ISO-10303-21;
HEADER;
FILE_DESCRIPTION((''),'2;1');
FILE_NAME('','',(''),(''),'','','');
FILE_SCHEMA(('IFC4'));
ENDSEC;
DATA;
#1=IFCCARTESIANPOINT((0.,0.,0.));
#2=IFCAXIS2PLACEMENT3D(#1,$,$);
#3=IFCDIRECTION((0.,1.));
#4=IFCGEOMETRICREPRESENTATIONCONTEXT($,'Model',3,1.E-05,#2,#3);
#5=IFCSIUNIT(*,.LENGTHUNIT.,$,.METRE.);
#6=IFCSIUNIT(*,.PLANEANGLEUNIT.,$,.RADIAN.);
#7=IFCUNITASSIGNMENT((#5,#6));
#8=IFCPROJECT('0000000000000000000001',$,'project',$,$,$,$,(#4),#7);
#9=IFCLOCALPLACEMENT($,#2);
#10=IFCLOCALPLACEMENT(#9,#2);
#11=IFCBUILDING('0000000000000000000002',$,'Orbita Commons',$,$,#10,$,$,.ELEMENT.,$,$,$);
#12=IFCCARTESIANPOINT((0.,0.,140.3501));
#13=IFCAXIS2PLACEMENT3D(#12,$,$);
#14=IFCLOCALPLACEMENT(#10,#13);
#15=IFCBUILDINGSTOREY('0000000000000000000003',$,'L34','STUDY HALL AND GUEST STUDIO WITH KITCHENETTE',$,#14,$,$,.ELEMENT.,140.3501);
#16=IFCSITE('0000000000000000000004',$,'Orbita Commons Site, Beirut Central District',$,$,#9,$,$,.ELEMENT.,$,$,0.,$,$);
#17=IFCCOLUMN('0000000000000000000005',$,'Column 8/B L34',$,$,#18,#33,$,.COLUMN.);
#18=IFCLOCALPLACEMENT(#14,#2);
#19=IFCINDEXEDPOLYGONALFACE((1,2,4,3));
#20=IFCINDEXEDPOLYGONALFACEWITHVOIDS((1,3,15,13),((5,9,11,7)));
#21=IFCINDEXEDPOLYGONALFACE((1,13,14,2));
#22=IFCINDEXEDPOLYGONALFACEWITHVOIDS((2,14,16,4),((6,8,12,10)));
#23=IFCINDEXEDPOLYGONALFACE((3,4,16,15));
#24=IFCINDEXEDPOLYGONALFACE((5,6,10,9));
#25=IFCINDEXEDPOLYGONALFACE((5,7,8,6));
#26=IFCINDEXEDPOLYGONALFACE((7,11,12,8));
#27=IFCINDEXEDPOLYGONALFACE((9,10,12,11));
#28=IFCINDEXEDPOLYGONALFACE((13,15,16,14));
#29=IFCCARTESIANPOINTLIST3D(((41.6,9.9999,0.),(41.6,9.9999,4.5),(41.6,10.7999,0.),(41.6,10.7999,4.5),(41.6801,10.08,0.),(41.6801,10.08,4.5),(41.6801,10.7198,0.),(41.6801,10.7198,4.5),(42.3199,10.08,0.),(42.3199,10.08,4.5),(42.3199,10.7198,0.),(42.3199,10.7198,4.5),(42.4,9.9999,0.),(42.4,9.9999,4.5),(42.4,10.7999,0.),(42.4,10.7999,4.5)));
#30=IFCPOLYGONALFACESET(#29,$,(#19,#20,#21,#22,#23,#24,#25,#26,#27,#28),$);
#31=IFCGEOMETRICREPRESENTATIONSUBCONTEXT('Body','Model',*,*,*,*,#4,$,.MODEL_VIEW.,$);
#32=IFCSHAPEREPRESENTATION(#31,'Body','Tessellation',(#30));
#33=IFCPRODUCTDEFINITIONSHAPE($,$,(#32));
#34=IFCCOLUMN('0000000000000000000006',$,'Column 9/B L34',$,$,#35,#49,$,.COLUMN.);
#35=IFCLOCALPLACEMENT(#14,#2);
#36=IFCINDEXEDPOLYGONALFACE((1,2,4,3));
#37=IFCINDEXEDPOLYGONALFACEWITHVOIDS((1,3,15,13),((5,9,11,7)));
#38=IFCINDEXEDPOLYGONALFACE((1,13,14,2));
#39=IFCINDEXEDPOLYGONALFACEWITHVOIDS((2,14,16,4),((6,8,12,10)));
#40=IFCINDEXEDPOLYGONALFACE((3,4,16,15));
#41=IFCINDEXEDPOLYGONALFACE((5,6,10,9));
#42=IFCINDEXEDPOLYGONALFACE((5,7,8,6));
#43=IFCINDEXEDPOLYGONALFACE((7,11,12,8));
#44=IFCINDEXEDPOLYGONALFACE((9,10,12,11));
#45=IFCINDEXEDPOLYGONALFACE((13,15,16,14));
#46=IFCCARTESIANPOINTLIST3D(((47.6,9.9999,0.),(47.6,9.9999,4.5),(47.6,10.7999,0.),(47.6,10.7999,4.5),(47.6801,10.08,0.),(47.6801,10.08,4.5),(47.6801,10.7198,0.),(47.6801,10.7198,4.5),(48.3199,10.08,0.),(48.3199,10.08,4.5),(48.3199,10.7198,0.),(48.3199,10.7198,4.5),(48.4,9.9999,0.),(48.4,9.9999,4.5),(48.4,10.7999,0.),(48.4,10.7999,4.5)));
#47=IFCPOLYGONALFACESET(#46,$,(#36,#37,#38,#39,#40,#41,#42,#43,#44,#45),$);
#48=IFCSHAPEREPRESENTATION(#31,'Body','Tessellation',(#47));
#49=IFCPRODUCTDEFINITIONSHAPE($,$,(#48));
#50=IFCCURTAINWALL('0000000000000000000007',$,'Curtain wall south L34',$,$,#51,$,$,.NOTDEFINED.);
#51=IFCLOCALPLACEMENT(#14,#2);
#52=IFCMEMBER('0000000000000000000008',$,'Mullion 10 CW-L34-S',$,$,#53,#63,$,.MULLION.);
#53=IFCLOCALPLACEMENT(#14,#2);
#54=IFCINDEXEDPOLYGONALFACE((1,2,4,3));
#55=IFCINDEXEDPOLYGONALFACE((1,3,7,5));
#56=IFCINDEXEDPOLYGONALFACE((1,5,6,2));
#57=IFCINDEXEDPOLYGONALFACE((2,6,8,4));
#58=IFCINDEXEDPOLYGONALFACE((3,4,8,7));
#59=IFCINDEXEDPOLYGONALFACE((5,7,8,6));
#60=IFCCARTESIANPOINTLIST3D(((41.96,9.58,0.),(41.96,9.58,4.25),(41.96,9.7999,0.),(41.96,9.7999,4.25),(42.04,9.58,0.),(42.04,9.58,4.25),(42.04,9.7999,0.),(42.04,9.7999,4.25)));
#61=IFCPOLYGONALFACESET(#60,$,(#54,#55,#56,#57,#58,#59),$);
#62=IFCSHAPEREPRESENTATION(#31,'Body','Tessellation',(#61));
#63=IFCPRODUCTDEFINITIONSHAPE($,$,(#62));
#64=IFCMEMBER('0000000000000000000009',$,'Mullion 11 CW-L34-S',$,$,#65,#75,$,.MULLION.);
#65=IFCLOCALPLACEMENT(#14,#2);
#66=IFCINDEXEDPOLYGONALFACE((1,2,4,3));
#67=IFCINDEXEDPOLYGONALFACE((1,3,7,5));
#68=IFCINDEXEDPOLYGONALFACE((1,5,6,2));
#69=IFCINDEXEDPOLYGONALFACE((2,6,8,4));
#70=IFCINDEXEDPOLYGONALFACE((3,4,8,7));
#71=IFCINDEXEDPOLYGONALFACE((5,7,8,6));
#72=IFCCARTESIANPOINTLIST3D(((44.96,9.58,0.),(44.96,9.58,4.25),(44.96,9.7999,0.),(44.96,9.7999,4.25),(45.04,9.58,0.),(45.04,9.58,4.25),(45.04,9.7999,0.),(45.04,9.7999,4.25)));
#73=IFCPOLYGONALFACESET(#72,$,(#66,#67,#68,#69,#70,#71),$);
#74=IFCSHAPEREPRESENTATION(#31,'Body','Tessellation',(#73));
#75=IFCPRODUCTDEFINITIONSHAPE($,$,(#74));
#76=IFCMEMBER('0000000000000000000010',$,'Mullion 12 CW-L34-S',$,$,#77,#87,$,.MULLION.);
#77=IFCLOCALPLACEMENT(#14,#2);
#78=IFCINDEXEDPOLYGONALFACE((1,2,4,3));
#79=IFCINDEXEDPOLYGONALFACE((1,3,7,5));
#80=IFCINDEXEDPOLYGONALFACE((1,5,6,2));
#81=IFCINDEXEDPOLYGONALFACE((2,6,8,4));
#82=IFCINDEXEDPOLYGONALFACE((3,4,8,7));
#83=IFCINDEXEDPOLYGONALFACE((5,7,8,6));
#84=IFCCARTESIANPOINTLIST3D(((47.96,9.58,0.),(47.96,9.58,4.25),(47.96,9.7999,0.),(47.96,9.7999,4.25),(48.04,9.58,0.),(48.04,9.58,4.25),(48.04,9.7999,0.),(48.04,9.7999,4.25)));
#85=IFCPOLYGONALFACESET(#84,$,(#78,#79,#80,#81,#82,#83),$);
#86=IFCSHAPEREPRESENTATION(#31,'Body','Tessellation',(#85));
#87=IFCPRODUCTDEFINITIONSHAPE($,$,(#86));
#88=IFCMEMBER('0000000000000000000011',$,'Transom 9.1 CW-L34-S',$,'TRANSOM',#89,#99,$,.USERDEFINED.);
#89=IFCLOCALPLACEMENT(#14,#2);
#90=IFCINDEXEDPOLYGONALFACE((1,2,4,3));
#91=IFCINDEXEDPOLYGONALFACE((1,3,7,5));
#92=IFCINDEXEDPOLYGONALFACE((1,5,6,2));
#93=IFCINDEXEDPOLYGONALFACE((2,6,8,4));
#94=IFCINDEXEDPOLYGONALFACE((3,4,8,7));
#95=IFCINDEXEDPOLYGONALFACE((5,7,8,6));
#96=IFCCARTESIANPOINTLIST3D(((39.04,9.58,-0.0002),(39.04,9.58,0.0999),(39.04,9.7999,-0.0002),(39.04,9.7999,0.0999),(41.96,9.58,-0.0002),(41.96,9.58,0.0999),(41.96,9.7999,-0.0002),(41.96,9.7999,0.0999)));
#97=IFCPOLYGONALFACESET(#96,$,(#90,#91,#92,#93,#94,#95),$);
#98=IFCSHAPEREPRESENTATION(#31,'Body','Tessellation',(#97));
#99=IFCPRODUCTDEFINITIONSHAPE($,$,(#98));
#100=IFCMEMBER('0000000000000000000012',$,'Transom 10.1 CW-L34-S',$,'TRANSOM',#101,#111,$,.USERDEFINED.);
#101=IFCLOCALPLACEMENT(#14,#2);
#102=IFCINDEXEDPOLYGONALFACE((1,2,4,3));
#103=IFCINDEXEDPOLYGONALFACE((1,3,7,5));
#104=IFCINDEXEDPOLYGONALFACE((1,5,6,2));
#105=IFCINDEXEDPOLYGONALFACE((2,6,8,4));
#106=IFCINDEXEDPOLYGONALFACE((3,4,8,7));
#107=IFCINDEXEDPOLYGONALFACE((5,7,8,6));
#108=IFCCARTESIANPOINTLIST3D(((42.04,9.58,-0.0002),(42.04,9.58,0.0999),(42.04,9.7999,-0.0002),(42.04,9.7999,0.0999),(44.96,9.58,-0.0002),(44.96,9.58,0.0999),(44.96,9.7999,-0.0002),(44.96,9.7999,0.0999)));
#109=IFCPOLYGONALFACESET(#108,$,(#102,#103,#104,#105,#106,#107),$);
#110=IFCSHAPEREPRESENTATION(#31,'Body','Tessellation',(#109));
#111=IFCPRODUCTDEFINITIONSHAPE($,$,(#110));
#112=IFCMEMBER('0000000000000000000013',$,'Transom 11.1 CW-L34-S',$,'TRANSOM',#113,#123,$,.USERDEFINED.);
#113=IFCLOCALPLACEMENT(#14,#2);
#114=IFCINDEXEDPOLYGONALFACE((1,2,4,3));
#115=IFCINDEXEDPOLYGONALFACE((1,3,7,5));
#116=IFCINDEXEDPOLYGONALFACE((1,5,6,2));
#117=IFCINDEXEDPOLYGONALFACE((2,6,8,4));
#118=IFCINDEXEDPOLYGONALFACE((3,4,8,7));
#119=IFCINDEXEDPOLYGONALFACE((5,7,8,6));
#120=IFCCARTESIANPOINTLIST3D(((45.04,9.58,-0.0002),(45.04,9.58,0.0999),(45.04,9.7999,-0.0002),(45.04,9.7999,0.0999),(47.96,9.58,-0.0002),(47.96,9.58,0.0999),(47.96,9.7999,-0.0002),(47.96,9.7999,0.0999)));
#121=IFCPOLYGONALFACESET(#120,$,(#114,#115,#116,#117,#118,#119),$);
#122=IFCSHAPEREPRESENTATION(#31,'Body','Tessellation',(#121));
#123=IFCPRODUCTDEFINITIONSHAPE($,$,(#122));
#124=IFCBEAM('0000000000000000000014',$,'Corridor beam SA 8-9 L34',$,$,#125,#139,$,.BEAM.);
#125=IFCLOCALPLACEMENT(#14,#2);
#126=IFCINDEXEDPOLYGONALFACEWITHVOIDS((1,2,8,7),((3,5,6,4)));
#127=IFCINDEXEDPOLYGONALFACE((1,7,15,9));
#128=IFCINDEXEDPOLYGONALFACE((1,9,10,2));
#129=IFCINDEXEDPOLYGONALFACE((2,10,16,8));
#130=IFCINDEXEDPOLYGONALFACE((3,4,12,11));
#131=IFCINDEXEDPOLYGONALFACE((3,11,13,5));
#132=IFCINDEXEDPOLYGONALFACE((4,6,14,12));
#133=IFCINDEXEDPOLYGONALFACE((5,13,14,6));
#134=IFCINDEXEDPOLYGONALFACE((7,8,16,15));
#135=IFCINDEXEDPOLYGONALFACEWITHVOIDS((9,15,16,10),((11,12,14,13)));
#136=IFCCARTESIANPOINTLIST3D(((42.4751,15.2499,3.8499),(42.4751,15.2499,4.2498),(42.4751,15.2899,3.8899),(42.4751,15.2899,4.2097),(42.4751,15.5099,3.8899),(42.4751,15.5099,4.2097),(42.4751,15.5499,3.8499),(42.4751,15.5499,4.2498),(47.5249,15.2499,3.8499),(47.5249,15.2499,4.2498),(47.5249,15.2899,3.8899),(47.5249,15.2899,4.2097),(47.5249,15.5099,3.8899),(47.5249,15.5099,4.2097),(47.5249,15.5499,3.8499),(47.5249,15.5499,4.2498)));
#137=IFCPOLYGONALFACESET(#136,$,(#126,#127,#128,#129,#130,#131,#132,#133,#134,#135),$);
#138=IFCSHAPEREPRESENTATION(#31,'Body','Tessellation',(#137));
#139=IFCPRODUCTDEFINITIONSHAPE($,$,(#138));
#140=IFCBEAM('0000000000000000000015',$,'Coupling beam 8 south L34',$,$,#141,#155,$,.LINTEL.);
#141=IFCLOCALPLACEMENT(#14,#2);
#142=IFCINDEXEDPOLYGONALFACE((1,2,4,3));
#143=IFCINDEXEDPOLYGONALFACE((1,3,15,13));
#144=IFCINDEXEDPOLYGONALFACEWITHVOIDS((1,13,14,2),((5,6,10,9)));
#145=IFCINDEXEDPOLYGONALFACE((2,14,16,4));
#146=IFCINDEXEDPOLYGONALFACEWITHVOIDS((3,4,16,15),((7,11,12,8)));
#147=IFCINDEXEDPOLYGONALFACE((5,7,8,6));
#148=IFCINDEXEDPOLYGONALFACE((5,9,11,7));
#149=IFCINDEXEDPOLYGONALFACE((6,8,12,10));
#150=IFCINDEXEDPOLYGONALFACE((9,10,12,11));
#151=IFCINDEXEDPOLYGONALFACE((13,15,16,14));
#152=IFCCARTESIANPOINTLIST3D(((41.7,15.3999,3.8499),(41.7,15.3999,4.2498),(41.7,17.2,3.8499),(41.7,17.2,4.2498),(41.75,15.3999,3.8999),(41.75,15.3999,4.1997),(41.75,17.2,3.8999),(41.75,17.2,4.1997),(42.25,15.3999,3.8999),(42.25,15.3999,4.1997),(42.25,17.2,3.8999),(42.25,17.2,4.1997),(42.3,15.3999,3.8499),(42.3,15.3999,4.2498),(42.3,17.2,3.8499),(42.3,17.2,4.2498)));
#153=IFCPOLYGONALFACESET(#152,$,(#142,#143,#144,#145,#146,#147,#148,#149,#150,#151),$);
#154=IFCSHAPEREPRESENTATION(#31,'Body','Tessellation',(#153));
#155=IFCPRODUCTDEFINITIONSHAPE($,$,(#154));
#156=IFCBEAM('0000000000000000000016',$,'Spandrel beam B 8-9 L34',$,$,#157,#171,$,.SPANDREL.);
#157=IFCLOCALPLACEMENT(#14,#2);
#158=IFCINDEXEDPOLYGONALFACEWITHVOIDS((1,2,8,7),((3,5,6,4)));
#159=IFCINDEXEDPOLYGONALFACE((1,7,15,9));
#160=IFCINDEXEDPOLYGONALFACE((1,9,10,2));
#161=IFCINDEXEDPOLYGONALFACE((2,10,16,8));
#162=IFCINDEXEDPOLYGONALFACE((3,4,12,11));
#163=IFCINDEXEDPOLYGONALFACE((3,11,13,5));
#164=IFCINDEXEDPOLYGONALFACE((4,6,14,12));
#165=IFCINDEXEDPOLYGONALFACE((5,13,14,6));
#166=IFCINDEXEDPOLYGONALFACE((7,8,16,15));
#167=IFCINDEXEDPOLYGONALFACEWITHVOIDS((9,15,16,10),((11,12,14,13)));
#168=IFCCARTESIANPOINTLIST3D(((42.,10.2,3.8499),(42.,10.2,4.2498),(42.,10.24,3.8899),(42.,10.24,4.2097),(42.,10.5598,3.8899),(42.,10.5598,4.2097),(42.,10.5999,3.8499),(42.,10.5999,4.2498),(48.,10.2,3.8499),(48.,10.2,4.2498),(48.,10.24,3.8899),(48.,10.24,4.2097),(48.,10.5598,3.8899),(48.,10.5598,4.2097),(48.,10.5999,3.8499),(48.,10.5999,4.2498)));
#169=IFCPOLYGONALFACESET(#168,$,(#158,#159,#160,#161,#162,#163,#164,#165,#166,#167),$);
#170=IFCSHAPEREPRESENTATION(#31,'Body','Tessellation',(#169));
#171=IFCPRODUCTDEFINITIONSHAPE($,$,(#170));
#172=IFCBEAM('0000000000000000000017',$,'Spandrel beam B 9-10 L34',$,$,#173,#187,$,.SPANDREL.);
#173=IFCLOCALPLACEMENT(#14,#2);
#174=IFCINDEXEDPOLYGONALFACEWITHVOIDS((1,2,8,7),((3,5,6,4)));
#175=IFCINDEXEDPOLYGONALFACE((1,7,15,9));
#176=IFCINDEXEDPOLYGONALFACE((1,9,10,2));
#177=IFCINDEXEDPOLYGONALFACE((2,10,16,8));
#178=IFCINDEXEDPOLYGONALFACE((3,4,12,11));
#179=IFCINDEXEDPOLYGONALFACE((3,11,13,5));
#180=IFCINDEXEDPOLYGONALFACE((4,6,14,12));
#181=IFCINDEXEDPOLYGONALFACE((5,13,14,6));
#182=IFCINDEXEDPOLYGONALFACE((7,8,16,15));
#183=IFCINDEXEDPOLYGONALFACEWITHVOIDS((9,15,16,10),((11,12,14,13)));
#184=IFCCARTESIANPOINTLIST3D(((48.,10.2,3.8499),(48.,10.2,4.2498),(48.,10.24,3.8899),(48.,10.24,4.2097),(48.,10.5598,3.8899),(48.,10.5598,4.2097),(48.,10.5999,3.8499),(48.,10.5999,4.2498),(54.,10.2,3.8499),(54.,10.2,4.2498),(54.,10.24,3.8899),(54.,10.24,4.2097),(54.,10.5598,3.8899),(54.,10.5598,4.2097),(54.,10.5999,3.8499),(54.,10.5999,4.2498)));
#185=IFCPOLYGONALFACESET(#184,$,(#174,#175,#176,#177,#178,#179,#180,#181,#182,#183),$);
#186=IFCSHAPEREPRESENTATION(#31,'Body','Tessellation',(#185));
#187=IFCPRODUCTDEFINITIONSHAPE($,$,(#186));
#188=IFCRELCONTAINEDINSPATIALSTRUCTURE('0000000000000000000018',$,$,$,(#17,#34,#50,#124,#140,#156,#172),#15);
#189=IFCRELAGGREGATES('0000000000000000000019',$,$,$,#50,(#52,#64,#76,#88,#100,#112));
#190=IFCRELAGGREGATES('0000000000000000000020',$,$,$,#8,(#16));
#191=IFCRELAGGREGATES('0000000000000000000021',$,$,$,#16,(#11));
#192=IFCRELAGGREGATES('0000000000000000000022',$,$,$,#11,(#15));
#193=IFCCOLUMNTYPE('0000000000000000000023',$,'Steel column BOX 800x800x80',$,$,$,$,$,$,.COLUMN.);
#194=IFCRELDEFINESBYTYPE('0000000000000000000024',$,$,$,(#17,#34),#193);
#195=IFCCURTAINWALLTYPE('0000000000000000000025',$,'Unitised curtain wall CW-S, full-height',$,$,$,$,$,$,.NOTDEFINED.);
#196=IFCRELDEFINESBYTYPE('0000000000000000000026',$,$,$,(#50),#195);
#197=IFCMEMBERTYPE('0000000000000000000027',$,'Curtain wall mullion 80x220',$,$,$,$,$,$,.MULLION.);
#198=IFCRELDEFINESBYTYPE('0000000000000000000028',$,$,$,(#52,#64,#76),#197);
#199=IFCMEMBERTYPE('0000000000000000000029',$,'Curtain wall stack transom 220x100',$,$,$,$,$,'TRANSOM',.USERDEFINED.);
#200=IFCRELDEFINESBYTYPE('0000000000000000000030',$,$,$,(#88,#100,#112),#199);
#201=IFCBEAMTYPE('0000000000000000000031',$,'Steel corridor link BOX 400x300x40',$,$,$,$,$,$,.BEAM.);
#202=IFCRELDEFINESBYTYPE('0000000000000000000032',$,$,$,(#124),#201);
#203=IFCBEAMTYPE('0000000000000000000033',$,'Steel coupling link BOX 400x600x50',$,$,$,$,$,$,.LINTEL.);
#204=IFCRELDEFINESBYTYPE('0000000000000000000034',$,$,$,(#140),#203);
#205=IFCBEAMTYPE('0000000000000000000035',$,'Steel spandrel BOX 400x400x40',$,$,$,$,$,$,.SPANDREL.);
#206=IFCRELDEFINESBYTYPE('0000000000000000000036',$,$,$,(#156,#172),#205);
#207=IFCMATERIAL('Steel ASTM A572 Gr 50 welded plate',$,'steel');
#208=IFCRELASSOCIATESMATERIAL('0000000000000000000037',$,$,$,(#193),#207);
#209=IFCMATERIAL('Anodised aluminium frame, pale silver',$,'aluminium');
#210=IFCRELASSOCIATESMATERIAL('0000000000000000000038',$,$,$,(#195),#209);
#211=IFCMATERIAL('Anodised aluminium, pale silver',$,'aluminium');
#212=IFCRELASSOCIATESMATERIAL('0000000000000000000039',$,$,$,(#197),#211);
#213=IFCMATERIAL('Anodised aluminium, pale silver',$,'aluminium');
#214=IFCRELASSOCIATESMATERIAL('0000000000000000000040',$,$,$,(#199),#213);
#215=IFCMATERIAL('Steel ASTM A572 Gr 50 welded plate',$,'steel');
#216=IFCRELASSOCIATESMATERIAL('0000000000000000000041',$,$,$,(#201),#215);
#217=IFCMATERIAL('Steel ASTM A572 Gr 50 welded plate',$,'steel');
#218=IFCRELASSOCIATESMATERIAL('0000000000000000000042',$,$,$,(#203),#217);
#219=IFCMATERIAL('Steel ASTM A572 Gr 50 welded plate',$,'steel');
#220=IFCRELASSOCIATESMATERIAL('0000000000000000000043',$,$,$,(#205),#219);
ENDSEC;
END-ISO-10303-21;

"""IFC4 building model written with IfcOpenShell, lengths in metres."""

from ifc_helpers import new_model, si_unit, direction, frame, origin, origin_2d, place, context, subcontext, project, spatial, rectangle, hollow_rectangle, extrude, material, material_profile, profile_set, type_object, element, aggregate, save


model = new_model("IFC4")

# Units and contexts
model_context = context("Model", 3, precision=1e-05, world=origin(), true_north=direction((0.0, 1.0)))
body_context = subcontext(model_context, "Body", "Model", "MODEL_VIEW")
ifc_project = project(units=[si_unit("LENGTHUNIT", "METRE"), si_unit("PLANEANGLEUNIT", "RADIAN")], contexts=[model_context])

# Site, building, storey
site_placement = place(None, origin())
site = spatial("IfcSite", under=ifc_project, at=site_placement, Name="Orbita Commons Site, Beirut Central District", CompositionType="ELEMENT", RefElevation=0.0)
building_placement = place(site_placement, origin())
building = spatial("IfcBuilding", under=site, at=building_placement, Name="Orbita Commons", CompositionType="ELEMENT")
storey_placement = place(building_placement, frame((0.0, 0.0, 140.3501)))
storey = spatial("IfcBuildingStorey", under=building, at=storey_placement, Name="L34", Description="STUDY HALL AND GUEST STUDIO WITH KITCHENETTE", CompositionType="ELEMENT", Elevation=140.3501)

# Columns
ifc_material_1 = material(Name="Steel ASTM A572 Gr 50 welded plate", Category="steel")
ifc_material_profile_1 = material_profile(ifc_material_1, hollow_rectangle(XDim=0.8, YDim=0.8, WallThickness=0.0801, at=origin_2d()), Name="BOX 800x800x80")
ifc_profile_set_1 = profile_set([ifc_material_profile_1], Name="Steel ASTM A572 Gr 50 welded plate")
column_type = type_object("IfcColumnType", Name="Steel column BOX 800x800x80", PredefinedType="COLUMN", material=ifc_profile_set_1)
for number, where, z_axis, x_axis, name in (
    (1, (42.0, 10.3999, 0.0), (0.0, 0.0, 1.0), (1.0, 0.0, 0.0), "Column 8/B L34"),
    (2, (48.0, 10.3999, 0.0), (0.0, 0.0, 1.0), (1.0, 0.0, 0.0), "Column 9/B L34"),
):
    element("IfcColumn", number, at=place(storey_placement, frame(where, z_axis=z_axis, x_axis=x_axis)), inside=storey, type_object=column_type, Name=name, PredefinedType="COLUMN", context=body_context, shape_type="SweptSolid", body=[
        extrude(hollow_rectangle(XDim=0.8, YDim=0.8, WallThickness=0.0801, at=origin_2d()), origin(), (0.0, 0.0, 1.0), 4.5),
    ])

# Curtain wall, members
ifc_material_2 = material(Name="Anodised aluminium frame, pale silver", Category="aluminium")
curtain_wall_type = type_object("IfcCurtainWallType", Name="Unitised curtain wall CW-S, full-height", PredefinedType="NOTDEFINED", material=ifc_material_2)
curtain_wall_placement = place(storey_placement, origin())
curtain_wall = element("IfcCurtainWall", 3, at=curtain_wall_placement, inside=storey, type_object=curtain_wall_type, Name="Curtain wall south L34", PredefinedType="NOTDEFINED")
ifc_material_3 = material(Name="Anodised aluminium, pale silver", Category="aluminium")
ifc_material_profile_2 = material_profile(ifc_material_3, rectangle(XDim=0.0801, YDim=0.22, at=origin_2d()), Name="AL 80x220")
ifc_profile_set_2 = profile_set([ifc_material_profile_2], Name="Anodised aluminium, pale silver")
member_type_1 = type_object("IfcMemberType", Name="Curtain wall mullion 80x220", PredefinedType="MULLION", material=ifc_profile_set_2)
member_1_placement = place(storey_placement, frame((42.0, 9.6899, 0.0), z_axis=(0.0, 0.0, 1.0), x_axis=(1.0, 0.0, 0.0)))
member_1 = element("IfcMember", 4, at=member_1_placement, type_object=member_type_1, Name="Mullion 10 CW-L34-S", PredefinedType="MULLION", context=body_context, shape_type="SweptSolid", body=[
    extrude(rectangle(XDim=0.0801, YDim=0.22, at=origin_2d()), origin(), (0.0, 0.0, 1.0), 4.25),
])
member_2_placement = place(storey_placement, frame((45.0, 9.6899, 0.0), z_axis=(0.0, 0.0, 1.0), x_axis=(1.0, 0.0, 0.0)))
member_2 = element("IfcMember", 5, at=member_2_placement, type_object=member_type_1, Name="Mullion 11 CW-L34-S", PredefinedType="MULLION", context=body_context, shape_type="SweptSolid", body=[
    extrude(rectangle(XDim=0.0801, YDim=0.22, at=origin_2d()), origin(), (0.0, 0.0, 1.0), 4.25),
])
member_3_placement = place(storey_placement, frame((48.0, 9.6899, 0.0), z_axis=(0.0, 0.0, 1.0), x_axis=(1.0, 0.0, 0.0)))
member_3 = element("IfcMember", 6, at=member_3_placement, type_object=member_type_1, Name="Mullion 12 CW-L34-S", PredefinedType="MULLION", context=body_context, shape_type="SweptSolid", body=[
    extrude(rectangle(XDim=0.0801, YDim=0.22, at=origin_2d()), origin(), (0.0, 0.0, 1.0), 4.25),
])
ifc_material_4 = material(Name="Anodised aluminium, pale silver", Category="aluminium")
ifc_material_profile_3 = material_profile(ifc_material_4, rectangle(XDim=0.22, YDim=0.1001, at=origin_2d()), Name="AL 220x100")
ifc_profile_set_3 = profile_set([ifc_material_profile_3], Name="Anodised aluminium, pale silver")
member_type_2 = type_object("IfcMemberType", Name="Curtain wall stack transom 220x100", ElementType="TRANSOM", PredefinedType="USERDEFINED", material=ifc_profile_set_3)
member_4_placement = place(storey_placement, frame((39.04, 9.6899, 0.0498), z_axis=(1.0, 0.0, 0.0), x_axis=(0.0, 1.0, 0.0)))
member_4 = element("IfcMember", 7, at=member_4_placement, type_object=member_type_2, Name="Transom 9.1 CW-L34-S", ObjectType="TRANSOM", PredefinedType="USERDEFINED", context=body_context, shape_type="SweptSolid", body=[
    extrude(rectangle(XDim=0.22, YDim=0.1001, at=origin_2d()), origin(), (0.0, 0.0, 1.0), 2.9199),
])
member_5_placement = place(storey_placement, frame((42.04, 9.6899, 0.0498), z_axis=(1.0, 0.0, 0.0), x_axis=(0.0, 1.0, 0.0)))
member_5 = element("IfcMember", 8, at=member_5_placement, type_object=member_type_2, Name="Transom 10.1 CW-L34-S", ObjectType="TRANSOM", PredefinedType="USERDEFINED", context=body_context, shape_type="SweptSolid", body=[
    extrude(rectangle(XDim=0.22, YDim=0.1001, at=origin_2d()), origin(), (0.0, 0.0, 1.0), 2.9199),
])
member_6_placement = place(storey_placement, frame((45.04, 9.6899, 0.0498), z_axis=(1.0, 0.0, 0.0), x_axis=(0.0, 1.0, 0.0)))
member_6 = element("IfcMember", 9, at=member_6_placement, type_object=member_type_2, Name="Transom 11.1 CW-L34-S", ObjectType="TRANSOM", PredefinedType="USERDEFINED", context=body_context, shape_type="SweptSolid", body=[
    extrude(rectangle(XDim=0.22, YDim=0.1001, at=origin_2d()), origin(), (0.0, 0.0, 1.0), 2.9199),
])

# Beams
ifc_material_5 = material(Name="Steel ASTM A572 Gr 50 welded plate", Category="steel")
ifc_material_profile_4 = material_profile(ifc_material_5, hollow_rectangle(XDim=0.3, YDim=0.3999, WallThickness=0.04, at=origin_2d()), Name="BOX 400x300x40")
ifc_profile_set_4 = profile_set([ifc_material_profile_4], Name="Steel ASTM A572 Gr 50 welded plate")
beam_type_1 = type_object("IfcBeamType", Name="Steel corridor link BOX 400x300x40", PredefinedType="BEAM", material=ifc_profile_set_4)
beam_1_placement = place(storey_placement, frame((42.4751, 15.3999, 4.0498), z_axis=(1.0, 0.0, 0.0), x_axis=(0.0, 1.0, 0.0)))
element("IfcBeam", 10, at=beam_1_placement, inside=storey, type_object=beam_type_1, Name="Corridor beam SA 8-9 L34", PredefinedType="BEAM", context=body_context, shape_type="SweptSolid", body=[
    extrude(hollow_rectangle(XDim=0.3, YDim=0.3999, WallThickness=0.04, at=origin_2d()), origin(), (0.0, 0.0, 1.0), 5.0498),
])
ifc_material_6 = material(Name="Steel ASTM A572 Gr 50 welded plate", Category="steel")
ifc_material_profile_5 = material_profile(ifc_material_6, hollow_rectangle(XDim=0.6001, YDim=0.3999, WallThickness=0.05, at=origin_2d()), Name="BOX 400x600x50")
ifc_profile_set_5 = profile_set([ifc_material_profile_5], Name="Steel ASTM A572 Gr 50 welded plate")
beam_type_2 = type_object("IfcBeamType", Name="Steel coupling link BOX 400x600x50", PredefinedType="LINTEL", material=ifc_profile_set_5)
beam_2_placement = place(storey_placement, frame((42.0, 15.3999, 4.0498), z_axis=(0.0, 1.0, 0.0), x_axis=(-1.0, 0.0, 0.0)))
element("IfcBeam", 11, at=beam_2_placement, inside=storey, type_object=beam_type_2, Name="Coupling beam 8 south L34", PredefinedType="LINTEL", context=body_context, shape_type="SweptSolid", body=[
    extrude(hollow_rectangle(XDim=0.6001, YDim=0.3999, WallThickness=0.05, at=origin_2d()), origin(), (0.0, 0.0, 1.0), 1.8),
])
ifc_material_7 = material(Name="Steel ASTM A572 Gr 50 welded plate", Category="steel")
ifc_material_profile_6 = material_profile(ifc_material_7, hollow_rectangle(XDim=0.3999, YDim=0.3999, WallThickness=0.04, at=origin_2d()), Name="BOX 400x400x40")
ifc_profile_set_6 = profile_set([ifc_material_profile_6], Name="Steel ASTM A572 Gr 50 welded plate")
beam_type_3 = type_object("IfcBeamType", Name="Steel spandrel BOX 400x400x40", PredefinedType="SPANDREL", material=ifc_profile_set_6)
for number, where, z_axis, x_axis, name in (
    (12, (42.0, 10.3999, 4.0498), (1.0, 0.0, 0.0), (0.0, 1.0, 0.0), "Spandrel beam B 8-9 L34"),
    (13, (48.0, 10.3999, 4.0498), (1.0, 0.0, 0.0), (0.0, 1.0, 0.0), "Spandrel beam B 9-10 L34"),
):
    element("IfcBeam", number, at=place(storey_placement, frame(where, z_axis=z_axis, x_axis=x_axis)), inside=storey, type_object=beam_type_3, Name=name, PredefinedType="SPANDREL", context=body_context, shape_type="SweptSolid", body=[
        extrude(hollow_rectangle(XDim=0.3999, YDim=0.3999, WallThickness=0.04, at=origin_2d()), origin(), (0.0, 0.0, 1.0), 6.0),
    ])

aggregate(curtain_wall, [member_1, member_2, member_3, member_4, member_5, member_6])

save(model, "model.ifc")
